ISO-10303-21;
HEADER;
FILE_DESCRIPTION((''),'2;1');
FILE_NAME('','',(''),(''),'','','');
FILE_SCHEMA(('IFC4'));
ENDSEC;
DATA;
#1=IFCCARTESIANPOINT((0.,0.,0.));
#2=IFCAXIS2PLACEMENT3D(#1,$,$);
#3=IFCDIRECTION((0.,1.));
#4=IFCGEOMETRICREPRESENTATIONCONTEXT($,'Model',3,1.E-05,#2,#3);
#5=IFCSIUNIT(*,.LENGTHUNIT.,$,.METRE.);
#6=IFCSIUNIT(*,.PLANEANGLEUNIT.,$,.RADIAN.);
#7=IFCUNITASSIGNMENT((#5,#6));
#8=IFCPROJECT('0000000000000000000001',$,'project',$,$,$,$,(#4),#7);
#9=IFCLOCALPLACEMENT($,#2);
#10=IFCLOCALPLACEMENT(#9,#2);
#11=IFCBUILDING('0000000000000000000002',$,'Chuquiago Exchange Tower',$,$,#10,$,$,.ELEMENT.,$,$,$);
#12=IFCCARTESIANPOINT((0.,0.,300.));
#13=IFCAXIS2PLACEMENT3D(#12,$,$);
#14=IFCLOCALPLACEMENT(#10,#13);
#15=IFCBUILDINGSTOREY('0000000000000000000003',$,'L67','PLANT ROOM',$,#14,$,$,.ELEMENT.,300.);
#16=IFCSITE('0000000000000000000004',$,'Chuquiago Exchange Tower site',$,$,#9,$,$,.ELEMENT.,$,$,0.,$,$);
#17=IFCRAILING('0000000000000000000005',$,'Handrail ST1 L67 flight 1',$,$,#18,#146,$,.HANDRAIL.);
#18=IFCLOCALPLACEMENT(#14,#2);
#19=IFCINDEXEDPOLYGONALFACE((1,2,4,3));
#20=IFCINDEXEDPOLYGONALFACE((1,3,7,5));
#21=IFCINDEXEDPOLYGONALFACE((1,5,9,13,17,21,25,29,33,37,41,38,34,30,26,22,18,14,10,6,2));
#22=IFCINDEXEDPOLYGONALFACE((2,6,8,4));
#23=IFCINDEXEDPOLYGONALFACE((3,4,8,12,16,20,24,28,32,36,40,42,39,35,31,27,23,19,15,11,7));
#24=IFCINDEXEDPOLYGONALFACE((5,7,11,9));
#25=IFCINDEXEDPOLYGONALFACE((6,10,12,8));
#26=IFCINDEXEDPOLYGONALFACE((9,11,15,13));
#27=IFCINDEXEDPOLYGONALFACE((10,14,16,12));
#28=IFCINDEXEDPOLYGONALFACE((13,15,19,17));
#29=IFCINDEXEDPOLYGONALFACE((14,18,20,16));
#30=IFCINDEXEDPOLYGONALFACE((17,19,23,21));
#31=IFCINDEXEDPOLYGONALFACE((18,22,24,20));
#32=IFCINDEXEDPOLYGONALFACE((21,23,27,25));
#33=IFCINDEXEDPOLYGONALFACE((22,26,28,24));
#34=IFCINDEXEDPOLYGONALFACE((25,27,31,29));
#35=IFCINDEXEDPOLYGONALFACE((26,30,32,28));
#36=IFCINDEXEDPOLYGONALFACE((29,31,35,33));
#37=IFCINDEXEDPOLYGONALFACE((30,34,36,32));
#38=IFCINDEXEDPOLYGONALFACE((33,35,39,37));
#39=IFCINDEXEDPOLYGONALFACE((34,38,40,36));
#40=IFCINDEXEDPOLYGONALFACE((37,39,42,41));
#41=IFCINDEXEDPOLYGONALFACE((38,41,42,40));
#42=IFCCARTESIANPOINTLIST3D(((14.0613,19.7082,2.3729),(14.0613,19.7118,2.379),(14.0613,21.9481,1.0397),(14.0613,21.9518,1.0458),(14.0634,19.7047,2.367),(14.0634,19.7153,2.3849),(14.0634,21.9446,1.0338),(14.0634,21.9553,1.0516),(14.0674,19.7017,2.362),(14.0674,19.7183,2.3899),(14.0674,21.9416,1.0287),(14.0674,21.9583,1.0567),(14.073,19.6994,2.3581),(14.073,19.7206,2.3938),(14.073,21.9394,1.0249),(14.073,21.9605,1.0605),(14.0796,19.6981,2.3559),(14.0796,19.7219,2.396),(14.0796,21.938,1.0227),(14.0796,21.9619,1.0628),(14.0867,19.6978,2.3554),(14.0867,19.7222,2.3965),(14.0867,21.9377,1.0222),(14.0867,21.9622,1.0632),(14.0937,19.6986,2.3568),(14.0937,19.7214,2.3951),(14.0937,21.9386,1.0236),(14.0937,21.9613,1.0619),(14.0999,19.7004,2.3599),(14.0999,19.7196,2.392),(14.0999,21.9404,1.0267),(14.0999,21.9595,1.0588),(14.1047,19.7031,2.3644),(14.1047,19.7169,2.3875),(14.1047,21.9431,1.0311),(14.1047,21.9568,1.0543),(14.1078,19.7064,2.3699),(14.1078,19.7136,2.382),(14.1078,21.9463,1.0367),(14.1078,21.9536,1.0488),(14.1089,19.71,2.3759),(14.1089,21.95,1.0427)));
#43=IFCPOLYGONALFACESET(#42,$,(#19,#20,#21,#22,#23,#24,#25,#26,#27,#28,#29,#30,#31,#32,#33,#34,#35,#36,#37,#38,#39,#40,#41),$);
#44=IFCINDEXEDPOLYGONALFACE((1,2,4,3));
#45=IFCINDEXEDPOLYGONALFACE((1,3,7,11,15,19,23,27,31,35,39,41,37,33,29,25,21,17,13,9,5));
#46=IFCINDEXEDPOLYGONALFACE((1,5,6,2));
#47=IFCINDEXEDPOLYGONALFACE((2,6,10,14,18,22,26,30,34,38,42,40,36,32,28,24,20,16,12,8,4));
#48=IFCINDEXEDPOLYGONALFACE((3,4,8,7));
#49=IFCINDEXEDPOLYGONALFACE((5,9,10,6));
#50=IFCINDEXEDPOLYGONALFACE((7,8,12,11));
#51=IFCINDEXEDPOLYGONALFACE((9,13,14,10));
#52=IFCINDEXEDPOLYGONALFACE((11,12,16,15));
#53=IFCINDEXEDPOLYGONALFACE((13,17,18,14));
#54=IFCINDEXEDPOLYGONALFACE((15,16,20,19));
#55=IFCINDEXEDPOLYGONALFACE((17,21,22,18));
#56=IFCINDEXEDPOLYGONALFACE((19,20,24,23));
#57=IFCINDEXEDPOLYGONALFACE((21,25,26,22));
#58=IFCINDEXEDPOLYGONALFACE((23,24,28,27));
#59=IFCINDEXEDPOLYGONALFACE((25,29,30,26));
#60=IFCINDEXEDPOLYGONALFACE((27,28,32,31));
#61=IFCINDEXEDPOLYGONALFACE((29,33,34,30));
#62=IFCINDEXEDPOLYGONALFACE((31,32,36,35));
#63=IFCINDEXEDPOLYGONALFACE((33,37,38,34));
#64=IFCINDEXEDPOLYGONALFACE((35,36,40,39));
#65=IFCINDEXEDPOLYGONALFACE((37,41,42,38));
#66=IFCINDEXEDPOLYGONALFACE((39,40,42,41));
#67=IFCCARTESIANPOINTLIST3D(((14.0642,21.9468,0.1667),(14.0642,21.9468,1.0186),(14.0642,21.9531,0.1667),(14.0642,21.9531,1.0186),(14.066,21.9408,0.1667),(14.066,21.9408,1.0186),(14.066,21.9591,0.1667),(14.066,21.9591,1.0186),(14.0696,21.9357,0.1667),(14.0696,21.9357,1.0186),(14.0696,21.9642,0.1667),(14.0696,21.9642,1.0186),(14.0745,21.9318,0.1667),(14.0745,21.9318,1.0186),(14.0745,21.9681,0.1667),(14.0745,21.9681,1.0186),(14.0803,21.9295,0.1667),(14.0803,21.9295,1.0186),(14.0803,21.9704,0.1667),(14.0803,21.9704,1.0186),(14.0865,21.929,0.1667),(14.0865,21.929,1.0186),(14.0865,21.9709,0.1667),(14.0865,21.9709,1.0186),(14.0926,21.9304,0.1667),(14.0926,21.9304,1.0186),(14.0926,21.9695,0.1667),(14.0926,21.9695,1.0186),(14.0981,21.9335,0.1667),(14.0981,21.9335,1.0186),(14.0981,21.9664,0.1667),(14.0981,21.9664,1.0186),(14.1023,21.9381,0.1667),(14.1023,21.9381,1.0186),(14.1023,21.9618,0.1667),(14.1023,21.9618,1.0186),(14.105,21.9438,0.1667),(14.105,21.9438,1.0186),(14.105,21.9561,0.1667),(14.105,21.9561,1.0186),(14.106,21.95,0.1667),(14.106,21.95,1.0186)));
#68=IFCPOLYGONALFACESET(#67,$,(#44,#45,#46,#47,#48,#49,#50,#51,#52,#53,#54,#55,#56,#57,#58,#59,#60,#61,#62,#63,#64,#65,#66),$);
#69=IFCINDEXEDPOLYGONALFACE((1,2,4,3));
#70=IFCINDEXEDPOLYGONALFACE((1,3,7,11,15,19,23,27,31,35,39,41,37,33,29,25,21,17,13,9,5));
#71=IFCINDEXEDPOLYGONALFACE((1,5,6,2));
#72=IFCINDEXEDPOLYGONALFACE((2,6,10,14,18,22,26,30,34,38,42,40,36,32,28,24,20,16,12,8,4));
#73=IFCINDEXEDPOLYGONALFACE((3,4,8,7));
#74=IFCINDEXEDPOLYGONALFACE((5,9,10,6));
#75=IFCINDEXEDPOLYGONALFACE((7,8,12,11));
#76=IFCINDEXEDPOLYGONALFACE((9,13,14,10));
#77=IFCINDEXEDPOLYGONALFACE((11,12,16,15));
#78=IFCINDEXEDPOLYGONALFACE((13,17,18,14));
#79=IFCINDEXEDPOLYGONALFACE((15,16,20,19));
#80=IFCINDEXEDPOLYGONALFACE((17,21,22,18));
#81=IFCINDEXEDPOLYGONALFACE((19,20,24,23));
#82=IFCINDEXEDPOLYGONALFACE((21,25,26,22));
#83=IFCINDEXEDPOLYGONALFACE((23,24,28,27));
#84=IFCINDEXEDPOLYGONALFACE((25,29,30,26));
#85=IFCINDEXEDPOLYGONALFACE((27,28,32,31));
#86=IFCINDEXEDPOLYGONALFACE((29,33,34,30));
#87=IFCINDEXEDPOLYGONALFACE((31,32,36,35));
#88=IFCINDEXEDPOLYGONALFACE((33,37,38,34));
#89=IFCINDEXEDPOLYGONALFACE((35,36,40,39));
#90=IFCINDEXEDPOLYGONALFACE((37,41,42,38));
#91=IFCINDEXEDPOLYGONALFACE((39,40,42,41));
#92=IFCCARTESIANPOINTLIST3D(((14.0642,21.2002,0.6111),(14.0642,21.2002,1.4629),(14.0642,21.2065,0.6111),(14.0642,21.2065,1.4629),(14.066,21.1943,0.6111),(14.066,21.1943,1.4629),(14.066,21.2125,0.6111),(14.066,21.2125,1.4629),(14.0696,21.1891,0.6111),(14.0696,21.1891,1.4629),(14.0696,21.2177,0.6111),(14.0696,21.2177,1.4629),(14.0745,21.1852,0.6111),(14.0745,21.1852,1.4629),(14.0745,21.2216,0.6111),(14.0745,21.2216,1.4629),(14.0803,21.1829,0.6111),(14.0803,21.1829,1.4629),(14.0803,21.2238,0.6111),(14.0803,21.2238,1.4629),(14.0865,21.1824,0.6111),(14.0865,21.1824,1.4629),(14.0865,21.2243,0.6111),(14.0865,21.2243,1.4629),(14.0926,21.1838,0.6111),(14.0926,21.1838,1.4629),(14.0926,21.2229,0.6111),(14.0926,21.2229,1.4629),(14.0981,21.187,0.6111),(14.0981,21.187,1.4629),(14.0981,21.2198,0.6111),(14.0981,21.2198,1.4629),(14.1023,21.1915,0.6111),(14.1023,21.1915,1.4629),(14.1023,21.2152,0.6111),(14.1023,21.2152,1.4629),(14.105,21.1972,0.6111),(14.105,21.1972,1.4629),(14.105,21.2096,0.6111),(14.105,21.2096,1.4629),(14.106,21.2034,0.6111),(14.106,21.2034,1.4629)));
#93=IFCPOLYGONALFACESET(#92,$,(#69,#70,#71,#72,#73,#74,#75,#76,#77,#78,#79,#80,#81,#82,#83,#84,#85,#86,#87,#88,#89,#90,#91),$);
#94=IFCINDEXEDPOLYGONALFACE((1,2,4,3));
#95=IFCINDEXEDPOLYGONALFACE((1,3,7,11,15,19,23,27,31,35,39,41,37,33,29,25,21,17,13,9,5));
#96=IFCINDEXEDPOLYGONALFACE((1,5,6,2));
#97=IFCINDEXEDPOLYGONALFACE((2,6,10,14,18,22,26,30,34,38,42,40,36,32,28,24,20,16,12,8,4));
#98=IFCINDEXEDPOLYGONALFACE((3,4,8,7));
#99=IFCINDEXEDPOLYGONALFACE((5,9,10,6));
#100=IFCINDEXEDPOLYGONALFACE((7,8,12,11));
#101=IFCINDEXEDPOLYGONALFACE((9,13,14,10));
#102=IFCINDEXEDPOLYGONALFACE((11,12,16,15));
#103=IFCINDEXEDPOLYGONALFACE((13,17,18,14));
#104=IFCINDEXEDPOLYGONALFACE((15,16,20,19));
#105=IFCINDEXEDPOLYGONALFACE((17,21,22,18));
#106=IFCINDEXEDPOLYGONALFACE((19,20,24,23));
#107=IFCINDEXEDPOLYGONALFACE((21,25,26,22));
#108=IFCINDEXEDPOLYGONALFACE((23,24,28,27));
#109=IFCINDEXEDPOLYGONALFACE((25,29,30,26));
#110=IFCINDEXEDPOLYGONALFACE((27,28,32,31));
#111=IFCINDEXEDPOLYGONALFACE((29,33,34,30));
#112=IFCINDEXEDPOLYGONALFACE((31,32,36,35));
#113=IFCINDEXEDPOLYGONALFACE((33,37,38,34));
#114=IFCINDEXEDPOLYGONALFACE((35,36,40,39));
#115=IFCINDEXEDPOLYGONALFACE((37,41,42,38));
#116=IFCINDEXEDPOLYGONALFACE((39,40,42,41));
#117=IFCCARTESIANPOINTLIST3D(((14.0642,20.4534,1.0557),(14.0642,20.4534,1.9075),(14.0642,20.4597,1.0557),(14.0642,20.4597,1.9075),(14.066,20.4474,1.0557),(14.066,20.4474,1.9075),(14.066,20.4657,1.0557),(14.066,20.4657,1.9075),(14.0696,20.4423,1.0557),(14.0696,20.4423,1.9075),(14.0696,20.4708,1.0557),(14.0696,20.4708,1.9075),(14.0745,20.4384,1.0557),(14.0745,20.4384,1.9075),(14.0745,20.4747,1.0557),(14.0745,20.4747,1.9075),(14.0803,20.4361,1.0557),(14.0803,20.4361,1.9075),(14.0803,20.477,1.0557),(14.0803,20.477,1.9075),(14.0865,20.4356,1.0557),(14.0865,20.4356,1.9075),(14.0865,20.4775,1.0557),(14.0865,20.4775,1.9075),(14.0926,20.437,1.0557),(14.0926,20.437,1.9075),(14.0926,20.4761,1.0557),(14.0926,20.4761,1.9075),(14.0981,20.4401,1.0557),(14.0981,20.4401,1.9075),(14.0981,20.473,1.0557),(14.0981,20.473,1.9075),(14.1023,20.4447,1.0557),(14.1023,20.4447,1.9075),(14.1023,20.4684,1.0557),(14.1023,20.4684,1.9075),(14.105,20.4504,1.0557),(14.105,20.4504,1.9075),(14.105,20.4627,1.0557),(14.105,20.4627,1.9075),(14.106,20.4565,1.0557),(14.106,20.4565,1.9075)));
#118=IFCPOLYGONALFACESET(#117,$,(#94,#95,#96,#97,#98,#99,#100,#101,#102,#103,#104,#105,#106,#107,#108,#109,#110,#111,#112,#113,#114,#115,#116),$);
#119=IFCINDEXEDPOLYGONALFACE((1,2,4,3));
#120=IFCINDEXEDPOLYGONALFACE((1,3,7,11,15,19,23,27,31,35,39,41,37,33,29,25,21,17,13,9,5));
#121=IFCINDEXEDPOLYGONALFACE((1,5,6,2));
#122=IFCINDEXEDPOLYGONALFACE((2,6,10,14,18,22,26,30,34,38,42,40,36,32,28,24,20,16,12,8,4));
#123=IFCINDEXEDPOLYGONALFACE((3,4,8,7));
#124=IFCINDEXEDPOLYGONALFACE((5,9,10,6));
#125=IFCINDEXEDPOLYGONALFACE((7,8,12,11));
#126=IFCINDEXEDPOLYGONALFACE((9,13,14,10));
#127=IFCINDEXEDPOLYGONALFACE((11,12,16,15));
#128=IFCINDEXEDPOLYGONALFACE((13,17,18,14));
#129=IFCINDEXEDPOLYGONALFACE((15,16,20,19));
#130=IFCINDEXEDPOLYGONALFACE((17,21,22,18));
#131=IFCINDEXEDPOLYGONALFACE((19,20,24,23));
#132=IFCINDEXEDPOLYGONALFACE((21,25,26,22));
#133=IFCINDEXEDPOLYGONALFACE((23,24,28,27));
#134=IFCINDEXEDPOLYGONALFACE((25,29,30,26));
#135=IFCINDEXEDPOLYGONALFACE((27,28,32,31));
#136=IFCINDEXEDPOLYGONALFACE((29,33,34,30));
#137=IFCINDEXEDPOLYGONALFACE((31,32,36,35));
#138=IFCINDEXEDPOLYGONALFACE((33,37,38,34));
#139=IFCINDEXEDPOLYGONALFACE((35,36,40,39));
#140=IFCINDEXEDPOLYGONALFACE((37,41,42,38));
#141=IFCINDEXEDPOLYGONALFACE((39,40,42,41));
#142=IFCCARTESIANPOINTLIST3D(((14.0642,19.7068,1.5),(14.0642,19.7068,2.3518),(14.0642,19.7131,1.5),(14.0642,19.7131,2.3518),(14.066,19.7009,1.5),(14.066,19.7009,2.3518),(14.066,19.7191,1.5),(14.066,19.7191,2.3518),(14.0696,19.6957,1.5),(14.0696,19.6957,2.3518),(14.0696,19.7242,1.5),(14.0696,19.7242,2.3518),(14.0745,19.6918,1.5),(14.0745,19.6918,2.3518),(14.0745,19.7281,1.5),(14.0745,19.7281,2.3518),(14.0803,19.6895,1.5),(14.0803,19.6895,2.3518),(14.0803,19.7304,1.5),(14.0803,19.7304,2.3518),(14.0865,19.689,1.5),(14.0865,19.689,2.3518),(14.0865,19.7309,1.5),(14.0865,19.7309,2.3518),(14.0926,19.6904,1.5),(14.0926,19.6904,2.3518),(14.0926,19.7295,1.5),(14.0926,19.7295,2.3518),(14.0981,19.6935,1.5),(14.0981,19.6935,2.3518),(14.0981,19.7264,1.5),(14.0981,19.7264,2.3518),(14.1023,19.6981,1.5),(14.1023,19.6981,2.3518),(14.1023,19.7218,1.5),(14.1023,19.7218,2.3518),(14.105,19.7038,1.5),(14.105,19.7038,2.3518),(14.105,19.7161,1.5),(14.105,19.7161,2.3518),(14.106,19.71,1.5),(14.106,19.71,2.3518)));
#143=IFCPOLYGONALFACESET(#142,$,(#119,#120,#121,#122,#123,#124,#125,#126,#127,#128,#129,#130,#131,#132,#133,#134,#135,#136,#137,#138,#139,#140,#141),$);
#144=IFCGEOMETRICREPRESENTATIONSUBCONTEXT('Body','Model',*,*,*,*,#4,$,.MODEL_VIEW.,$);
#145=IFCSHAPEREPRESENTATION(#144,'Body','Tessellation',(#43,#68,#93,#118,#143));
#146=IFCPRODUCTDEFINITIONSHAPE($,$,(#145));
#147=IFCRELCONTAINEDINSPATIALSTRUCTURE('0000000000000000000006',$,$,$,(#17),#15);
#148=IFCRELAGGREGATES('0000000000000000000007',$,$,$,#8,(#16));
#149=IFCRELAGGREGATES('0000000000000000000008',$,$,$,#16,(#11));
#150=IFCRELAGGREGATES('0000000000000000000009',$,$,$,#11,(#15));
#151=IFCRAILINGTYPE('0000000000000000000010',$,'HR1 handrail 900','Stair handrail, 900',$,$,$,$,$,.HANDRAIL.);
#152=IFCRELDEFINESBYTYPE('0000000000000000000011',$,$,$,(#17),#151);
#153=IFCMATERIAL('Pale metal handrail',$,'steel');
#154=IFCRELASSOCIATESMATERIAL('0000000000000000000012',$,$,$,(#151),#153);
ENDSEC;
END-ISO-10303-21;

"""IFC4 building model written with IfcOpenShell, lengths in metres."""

from ifc_helpers import new_model, si_unit, direction, frame, origin, origin_2d, place, context, subcontext, project, spatial, circle, extrude, material, type_object, element, save


model = new_model("IFC4")

# Units and contexts
model_context = context("Model", 3, precision=1e-05, world=origin(), true_north=direction((0.0, 1.0)))
body_context = subcontext(model_context, "Body", "Model", "MODEL_VIEW")
ifc_project = project(units=[si_unit("LENGTHUNIT", "METRE"), si_unit("PLANEANGLEUNIT", "RADIAN")], contexts=[model_context])

# Site, building, storey
site_placement = place(None, origin())
site = spatial("IfcSite", under=ifc_project, at=site_placement, Name="Chuquiago Exchange Tower site", CompositionType="ELEMENT", RefElevation=0.0)
building_placement = place(site_placement, origin())
building = spatial("IfcBuilding", under=site, at=building_placement, Name="Chuquiago Exchange Tower", CompositionType="ELEMENT")
storey_placement = place(building_placement, frame((0.0, 0.0, 300.0)))
storey = spatial("IfcBuildingStorey", under=building, at=storey_placement, Name="L67", Description="PLANT ROOM", CompositionType="ELEMENT", Elevation=300.0)

# Railing
ifc_material_1 = material(Name="Pale metal handrail", Category="steel")
railing_type = type_object("IfcRailingType", Name="HR1 handrail 900", Description="Stair handrail, 900", PredefinedType="HANDRAIL", material=ifc_material_1)
for number, where, name in (
    (1, (14.085, 21.95, 0.1667), "Handrail ST1 L67 flight 1"),
):
    element("IfcRailing", number, at=place(storey_placement, frame(where)), inside=storey, type_object=railing_type, Name=name, PredefinedType="HANDRAIL", context=body_context, shape_type="SweptSolid", body=[
        extrude(circle(Radius=0.0239, at=origin_2d()), frame((0.0, 0.0, 0.876), z_axis=(0.0, -0.859306, 0.511462), x_axis=(1.0, 0.0, 0.0)), (0.0, 0.0, 1.0), 2.6067),
        extrude(circle(Radius=0.021, at=origin_2d()), origin(), (0.0, 0.0, 1.0), 0.8518),
        extrude(circle(Radius=0.021, at=origin_2d()), frame((0.0, -0.7466, 0.4443)), (0.0, 0.0, 1.0), 0.8518),
        extrude(circle(Radius=0.021, at=origin_2d()), frame((0.0, -1.4934, 0.8889)), (0.0, 0.0, 1.0), 0.8518),
        extrude(circle(Radius=0.021, at=origin_2d()), frame((0.0, -2.24, 1.3333)), (0.0, 0.0, 1.0), 0.8518),
    ])

save(model, "model.ifc")
